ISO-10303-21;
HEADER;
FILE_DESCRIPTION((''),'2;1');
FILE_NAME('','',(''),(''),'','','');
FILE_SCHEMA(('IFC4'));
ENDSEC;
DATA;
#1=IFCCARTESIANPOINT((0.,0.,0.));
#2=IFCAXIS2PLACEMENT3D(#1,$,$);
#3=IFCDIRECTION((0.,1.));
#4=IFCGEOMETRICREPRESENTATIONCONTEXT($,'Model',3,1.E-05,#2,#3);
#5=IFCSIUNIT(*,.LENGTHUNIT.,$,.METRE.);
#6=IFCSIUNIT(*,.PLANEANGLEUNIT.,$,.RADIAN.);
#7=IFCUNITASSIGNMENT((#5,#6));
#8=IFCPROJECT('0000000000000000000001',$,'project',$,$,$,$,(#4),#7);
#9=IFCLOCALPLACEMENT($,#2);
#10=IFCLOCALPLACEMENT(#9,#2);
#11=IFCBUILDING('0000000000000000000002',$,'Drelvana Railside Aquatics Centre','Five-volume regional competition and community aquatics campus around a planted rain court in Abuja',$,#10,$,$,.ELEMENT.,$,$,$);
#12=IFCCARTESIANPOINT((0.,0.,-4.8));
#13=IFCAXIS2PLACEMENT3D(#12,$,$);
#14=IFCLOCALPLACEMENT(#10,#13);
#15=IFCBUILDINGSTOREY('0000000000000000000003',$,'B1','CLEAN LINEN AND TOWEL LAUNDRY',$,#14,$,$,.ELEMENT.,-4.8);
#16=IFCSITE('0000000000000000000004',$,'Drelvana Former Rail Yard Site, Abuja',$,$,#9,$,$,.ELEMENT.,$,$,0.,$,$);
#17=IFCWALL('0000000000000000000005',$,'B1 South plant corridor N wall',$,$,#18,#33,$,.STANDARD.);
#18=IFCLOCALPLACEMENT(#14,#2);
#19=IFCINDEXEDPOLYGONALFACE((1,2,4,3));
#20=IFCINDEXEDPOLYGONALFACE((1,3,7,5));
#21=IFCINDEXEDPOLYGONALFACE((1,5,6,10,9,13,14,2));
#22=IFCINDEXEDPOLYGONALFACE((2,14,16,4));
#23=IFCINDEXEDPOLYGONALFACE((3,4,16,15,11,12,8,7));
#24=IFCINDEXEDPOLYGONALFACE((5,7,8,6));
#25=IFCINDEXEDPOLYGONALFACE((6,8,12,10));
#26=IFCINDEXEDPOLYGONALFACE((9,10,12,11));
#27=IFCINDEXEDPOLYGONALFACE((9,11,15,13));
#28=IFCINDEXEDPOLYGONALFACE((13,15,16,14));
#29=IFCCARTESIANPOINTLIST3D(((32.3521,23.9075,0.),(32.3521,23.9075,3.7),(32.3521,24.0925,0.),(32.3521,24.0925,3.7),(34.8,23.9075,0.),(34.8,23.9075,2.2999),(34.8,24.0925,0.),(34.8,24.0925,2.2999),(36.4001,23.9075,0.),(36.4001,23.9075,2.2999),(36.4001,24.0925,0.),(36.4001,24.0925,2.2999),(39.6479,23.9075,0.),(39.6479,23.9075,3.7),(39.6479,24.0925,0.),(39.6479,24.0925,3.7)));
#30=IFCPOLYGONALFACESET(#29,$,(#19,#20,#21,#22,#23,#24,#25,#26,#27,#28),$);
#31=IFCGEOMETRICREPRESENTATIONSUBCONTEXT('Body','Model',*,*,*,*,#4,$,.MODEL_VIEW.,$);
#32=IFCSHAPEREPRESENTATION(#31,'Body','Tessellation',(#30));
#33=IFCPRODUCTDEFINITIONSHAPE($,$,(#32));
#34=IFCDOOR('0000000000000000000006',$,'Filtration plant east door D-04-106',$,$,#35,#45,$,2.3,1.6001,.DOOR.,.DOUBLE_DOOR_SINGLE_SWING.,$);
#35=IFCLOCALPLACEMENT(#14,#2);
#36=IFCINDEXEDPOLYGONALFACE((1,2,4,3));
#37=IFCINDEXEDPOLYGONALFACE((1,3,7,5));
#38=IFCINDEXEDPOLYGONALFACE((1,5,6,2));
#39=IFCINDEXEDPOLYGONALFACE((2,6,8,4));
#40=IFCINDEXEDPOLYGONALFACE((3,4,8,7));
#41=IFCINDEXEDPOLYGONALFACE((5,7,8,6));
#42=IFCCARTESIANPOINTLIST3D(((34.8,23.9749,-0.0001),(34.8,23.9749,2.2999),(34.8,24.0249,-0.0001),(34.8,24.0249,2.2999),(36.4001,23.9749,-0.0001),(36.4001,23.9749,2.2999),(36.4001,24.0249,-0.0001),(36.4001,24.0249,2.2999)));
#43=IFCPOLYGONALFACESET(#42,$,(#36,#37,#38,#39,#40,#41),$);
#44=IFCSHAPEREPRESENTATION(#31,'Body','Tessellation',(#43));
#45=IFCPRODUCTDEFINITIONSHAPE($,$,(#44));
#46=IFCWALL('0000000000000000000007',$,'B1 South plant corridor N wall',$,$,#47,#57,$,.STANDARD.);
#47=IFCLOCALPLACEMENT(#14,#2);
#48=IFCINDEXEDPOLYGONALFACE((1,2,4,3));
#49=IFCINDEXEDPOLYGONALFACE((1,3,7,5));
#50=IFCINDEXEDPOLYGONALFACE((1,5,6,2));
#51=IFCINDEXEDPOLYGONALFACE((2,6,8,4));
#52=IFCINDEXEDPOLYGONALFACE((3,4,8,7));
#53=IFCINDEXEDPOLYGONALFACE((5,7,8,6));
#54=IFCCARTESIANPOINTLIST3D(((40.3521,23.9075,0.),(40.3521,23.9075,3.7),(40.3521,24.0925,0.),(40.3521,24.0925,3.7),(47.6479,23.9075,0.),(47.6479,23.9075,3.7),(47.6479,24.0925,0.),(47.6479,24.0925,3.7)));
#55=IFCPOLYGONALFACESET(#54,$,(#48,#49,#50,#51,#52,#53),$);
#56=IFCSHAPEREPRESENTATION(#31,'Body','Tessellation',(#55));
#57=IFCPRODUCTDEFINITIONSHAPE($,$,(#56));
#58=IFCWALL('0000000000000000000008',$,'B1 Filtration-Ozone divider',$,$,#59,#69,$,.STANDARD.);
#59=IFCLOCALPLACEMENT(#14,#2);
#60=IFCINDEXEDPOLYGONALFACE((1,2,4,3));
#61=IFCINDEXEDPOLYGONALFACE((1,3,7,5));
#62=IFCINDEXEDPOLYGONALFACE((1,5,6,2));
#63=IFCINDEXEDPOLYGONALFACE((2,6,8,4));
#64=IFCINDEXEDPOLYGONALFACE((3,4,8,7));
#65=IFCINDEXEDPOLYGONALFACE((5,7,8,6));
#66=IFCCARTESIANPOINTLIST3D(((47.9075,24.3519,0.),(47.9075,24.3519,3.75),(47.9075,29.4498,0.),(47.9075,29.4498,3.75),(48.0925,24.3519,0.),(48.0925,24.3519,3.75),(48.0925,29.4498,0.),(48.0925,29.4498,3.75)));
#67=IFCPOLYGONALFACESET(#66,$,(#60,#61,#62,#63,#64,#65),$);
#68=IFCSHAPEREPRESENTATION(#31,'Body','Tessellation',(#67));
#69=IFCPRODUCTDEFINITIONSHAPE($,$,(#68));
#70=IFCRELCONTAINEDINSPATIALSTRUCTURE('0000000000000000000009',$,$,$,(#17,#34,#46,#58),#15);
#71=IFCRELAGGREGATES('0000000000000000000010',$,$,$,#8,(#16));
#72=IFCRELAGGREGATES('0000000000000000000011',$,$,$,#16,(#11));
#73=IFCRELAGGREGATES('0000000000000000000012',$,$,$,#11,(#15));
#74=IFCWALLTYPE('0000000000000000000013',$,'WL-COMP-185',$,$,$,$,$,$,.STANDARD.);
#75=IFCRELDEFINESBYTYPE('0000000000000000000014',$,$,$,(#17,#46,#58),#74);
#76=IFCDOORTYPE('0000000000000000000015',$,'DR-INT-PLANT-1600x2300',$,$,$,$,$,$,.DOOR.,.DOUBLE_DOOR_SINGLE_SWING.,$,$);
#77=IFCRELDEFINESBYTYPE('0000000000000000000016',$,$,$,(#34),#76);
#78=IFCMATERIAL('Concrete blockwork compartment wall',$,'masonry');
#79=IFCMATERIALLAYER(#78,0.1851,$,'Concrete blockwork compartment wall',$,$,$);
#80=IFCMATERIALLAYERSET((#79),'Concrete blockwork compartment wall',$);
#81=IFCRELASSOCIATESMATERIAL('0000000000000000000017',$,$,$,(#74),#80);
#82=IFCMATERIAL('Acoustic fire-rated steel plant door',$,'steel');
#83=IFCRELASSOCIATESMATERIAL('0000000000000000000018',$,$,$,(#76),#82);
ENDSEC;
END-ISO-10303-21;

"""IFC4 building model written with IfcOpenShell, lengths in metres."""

from ifc_helpers import new_model, si_unit, direction, frame, frame_2d, origin, place, context, subcontext, project, spatial, rectangle, extrude, material, layer, layer_set, type_object, element, fill, save


model = new_model("IFC4")

# Units and contexts
model_context = context("Model", 3, precision=1e-05, world=origin(), true_north=direction((0.0, 1.0)))
body_context = subcontext(model_context, "Body", "Model", "MODEL_VIEW")
ifc_project = project(units=[si_unit("LENGTHUNIT", "METRE"), si_unit("PLANEANGLEUNIT", "RADIAN")], contexts=[model_context])

# Site, building, storey
site_placement = place(None, origin())
site = spatial("IfcSite", under=ifc_project, at=site_placement, Name="Drelvana Former Rail Yard Site, Abuja", CompositionType="ELEMENT", RefElevation=0.0)
building_placement = place(site_placement, origin())
building = spatial("IfcBuilding", under=site, at=building_placement, Name="Drelvana Railside Aquatics Centre", Description="Five-volume regional competition and community aquatics campus around a planted rain court in Abuja", CompositionType="ELEMENT")
storey_placement = place(building_placement, frame((0.0, 0.0, -4.8)))
storey = spatial("IfcBuildingStorey", under=building, at=storey_placement, Name="B1", Description="CLEAN LINEN AND TOWEL LAUNDRY", CompositionType="ELEMENT", Elevation=-4.8)

# Wall, opening, door
ifc_material_1 = material(Name="Concrete blockwork compartment wall", Category="masonry")
ifc_layer = layer(ifc_material_1, 0.1851, Name="Concrete blockwork compartment wall")
ifc_layer_set = layer_set([ifc_layer], Name="Concrete blockwork compartment wall")
wall_type = type_object("IfcWallType", Name="WL-COMP-185", PredefinedType="STANDARD", material=ifc_layer_set)
ifc_material_2 = material(Name="Acoustic fire-rated steel plant door", Category="steel")
door_type = type_object("IfcDoorType", Name="DR-INT-PLANT-1600x2300", OperationType="DOUBLE_DOOR_SINGLE_SWING", PredefinedType="DOOR", material=ifc_material_2)
wall_1_placement = place(storey_placement, frame((32.3521, 24.0, 0.0), z_axis=(0.0, 0.0, 1.0), x_axis=(1.0, 0.0, 0.0)))
wall_1 = element("IfcWall", 1, at=wall_1_placement, inside=storey, type_object=wall_type, Name="B1 South plant corridor N wall", PredefinedType="STANDARD", context=body_context, shape_type="SweptSolid", body=[
    extrude(rectangle(XDim=7.2959, YDim=0.1851, at=frame_2d((3.6479, 0.0))), origin(), (0.0, 0.0, 1.0), 3.7),
])
opening_1_placement = place(wall_1_placement, frame((2.448, 0.0, 0.0)))
opening_1 = element("IfcOpeningElement", 2, at=opening_1_placement, cuts=wall_1, PredefinedType="OPENING", context=body_context, shape_type="SweptSolid", body=[
    extrude(rectangle(XDim=1.6001, YDim=2.3, at=frame_2d((0.8, 1.1499))), frame((0.0, 0.1025, 0.0), z_axis=(0.0, -1.0, 0.0), x_axis=(1.0, 0.0, 0.0)), (0.0, 0.0, 1.0), 0.2051),
])
door_1_placement = place(opening_1_placement, origin())
door_1 = element("IfcDoor", 3, at=door_1_placement, inside=storey, type_object=door_type, Name="Filtration plant east door D-04-106", OperationType="DOUBLE_DOOR_SINGLE_SWING", OverallHeight=2.3, OverallWidth=1.6001, PredefinedType="DOOR", context=body_context, shape_type="SweptSolid", body=[
    extrude(rectangle(XDim=1.6001, YDim=2.3, at=frame_2d((0.8, 1.1499))), frame((0.0, 0.0249, 0.0), z_axis=(0.0, -1.0, 0.0), x_axis=(1.0, 0.0, 0.0)), (0.0, 0.0, 1.0), 0.05),
])
fill(opening_1, door_1)

# Walls
wall_2_placement = place(storey_placement, frame((40.3521, 24.0, 0.0), z_axis=(0.0, 0.0, 1.0), x_axis=(1.0, 0.0, 0.0)))
element("IfcWall", 4, at=wall_2_placement, inside=storey, type_object=wall_type, Name="B1 South plant corridor N wall", PredefinedType="STANDARD", context=body_context, shape_type="SweptSolid", body=[
    extrude(rectangle(XDim=7.2959, YDim=0.1851, at=frame_2d((3.6479, 0.0))), origin(), (0.0, 0.0, 1.0), 3.7),
])
wall_3_placement = place(storey_placement, frame((48.0, 24.3521, 0.0), z_axis=(0.0, 0.0, 1.0), x_axis=(0.0, 1.0, 0.0)))
element("IfcWall", 5, at=wall_3_placement, inside=storey, type_object=wall_type, Name="B1 Filtration-Ozone divider", PredefinedType="STANDARD", context=body_context, shape_type="SweptSolid", body=[
    extrude(rectangle(XDim=5.0979, YDim=0.1851, at=frame_2d((2.5488, 0.0))), origin(), (0.0, 0.0, 1.0), 3.75),
])

save(model, "model.ifc")
